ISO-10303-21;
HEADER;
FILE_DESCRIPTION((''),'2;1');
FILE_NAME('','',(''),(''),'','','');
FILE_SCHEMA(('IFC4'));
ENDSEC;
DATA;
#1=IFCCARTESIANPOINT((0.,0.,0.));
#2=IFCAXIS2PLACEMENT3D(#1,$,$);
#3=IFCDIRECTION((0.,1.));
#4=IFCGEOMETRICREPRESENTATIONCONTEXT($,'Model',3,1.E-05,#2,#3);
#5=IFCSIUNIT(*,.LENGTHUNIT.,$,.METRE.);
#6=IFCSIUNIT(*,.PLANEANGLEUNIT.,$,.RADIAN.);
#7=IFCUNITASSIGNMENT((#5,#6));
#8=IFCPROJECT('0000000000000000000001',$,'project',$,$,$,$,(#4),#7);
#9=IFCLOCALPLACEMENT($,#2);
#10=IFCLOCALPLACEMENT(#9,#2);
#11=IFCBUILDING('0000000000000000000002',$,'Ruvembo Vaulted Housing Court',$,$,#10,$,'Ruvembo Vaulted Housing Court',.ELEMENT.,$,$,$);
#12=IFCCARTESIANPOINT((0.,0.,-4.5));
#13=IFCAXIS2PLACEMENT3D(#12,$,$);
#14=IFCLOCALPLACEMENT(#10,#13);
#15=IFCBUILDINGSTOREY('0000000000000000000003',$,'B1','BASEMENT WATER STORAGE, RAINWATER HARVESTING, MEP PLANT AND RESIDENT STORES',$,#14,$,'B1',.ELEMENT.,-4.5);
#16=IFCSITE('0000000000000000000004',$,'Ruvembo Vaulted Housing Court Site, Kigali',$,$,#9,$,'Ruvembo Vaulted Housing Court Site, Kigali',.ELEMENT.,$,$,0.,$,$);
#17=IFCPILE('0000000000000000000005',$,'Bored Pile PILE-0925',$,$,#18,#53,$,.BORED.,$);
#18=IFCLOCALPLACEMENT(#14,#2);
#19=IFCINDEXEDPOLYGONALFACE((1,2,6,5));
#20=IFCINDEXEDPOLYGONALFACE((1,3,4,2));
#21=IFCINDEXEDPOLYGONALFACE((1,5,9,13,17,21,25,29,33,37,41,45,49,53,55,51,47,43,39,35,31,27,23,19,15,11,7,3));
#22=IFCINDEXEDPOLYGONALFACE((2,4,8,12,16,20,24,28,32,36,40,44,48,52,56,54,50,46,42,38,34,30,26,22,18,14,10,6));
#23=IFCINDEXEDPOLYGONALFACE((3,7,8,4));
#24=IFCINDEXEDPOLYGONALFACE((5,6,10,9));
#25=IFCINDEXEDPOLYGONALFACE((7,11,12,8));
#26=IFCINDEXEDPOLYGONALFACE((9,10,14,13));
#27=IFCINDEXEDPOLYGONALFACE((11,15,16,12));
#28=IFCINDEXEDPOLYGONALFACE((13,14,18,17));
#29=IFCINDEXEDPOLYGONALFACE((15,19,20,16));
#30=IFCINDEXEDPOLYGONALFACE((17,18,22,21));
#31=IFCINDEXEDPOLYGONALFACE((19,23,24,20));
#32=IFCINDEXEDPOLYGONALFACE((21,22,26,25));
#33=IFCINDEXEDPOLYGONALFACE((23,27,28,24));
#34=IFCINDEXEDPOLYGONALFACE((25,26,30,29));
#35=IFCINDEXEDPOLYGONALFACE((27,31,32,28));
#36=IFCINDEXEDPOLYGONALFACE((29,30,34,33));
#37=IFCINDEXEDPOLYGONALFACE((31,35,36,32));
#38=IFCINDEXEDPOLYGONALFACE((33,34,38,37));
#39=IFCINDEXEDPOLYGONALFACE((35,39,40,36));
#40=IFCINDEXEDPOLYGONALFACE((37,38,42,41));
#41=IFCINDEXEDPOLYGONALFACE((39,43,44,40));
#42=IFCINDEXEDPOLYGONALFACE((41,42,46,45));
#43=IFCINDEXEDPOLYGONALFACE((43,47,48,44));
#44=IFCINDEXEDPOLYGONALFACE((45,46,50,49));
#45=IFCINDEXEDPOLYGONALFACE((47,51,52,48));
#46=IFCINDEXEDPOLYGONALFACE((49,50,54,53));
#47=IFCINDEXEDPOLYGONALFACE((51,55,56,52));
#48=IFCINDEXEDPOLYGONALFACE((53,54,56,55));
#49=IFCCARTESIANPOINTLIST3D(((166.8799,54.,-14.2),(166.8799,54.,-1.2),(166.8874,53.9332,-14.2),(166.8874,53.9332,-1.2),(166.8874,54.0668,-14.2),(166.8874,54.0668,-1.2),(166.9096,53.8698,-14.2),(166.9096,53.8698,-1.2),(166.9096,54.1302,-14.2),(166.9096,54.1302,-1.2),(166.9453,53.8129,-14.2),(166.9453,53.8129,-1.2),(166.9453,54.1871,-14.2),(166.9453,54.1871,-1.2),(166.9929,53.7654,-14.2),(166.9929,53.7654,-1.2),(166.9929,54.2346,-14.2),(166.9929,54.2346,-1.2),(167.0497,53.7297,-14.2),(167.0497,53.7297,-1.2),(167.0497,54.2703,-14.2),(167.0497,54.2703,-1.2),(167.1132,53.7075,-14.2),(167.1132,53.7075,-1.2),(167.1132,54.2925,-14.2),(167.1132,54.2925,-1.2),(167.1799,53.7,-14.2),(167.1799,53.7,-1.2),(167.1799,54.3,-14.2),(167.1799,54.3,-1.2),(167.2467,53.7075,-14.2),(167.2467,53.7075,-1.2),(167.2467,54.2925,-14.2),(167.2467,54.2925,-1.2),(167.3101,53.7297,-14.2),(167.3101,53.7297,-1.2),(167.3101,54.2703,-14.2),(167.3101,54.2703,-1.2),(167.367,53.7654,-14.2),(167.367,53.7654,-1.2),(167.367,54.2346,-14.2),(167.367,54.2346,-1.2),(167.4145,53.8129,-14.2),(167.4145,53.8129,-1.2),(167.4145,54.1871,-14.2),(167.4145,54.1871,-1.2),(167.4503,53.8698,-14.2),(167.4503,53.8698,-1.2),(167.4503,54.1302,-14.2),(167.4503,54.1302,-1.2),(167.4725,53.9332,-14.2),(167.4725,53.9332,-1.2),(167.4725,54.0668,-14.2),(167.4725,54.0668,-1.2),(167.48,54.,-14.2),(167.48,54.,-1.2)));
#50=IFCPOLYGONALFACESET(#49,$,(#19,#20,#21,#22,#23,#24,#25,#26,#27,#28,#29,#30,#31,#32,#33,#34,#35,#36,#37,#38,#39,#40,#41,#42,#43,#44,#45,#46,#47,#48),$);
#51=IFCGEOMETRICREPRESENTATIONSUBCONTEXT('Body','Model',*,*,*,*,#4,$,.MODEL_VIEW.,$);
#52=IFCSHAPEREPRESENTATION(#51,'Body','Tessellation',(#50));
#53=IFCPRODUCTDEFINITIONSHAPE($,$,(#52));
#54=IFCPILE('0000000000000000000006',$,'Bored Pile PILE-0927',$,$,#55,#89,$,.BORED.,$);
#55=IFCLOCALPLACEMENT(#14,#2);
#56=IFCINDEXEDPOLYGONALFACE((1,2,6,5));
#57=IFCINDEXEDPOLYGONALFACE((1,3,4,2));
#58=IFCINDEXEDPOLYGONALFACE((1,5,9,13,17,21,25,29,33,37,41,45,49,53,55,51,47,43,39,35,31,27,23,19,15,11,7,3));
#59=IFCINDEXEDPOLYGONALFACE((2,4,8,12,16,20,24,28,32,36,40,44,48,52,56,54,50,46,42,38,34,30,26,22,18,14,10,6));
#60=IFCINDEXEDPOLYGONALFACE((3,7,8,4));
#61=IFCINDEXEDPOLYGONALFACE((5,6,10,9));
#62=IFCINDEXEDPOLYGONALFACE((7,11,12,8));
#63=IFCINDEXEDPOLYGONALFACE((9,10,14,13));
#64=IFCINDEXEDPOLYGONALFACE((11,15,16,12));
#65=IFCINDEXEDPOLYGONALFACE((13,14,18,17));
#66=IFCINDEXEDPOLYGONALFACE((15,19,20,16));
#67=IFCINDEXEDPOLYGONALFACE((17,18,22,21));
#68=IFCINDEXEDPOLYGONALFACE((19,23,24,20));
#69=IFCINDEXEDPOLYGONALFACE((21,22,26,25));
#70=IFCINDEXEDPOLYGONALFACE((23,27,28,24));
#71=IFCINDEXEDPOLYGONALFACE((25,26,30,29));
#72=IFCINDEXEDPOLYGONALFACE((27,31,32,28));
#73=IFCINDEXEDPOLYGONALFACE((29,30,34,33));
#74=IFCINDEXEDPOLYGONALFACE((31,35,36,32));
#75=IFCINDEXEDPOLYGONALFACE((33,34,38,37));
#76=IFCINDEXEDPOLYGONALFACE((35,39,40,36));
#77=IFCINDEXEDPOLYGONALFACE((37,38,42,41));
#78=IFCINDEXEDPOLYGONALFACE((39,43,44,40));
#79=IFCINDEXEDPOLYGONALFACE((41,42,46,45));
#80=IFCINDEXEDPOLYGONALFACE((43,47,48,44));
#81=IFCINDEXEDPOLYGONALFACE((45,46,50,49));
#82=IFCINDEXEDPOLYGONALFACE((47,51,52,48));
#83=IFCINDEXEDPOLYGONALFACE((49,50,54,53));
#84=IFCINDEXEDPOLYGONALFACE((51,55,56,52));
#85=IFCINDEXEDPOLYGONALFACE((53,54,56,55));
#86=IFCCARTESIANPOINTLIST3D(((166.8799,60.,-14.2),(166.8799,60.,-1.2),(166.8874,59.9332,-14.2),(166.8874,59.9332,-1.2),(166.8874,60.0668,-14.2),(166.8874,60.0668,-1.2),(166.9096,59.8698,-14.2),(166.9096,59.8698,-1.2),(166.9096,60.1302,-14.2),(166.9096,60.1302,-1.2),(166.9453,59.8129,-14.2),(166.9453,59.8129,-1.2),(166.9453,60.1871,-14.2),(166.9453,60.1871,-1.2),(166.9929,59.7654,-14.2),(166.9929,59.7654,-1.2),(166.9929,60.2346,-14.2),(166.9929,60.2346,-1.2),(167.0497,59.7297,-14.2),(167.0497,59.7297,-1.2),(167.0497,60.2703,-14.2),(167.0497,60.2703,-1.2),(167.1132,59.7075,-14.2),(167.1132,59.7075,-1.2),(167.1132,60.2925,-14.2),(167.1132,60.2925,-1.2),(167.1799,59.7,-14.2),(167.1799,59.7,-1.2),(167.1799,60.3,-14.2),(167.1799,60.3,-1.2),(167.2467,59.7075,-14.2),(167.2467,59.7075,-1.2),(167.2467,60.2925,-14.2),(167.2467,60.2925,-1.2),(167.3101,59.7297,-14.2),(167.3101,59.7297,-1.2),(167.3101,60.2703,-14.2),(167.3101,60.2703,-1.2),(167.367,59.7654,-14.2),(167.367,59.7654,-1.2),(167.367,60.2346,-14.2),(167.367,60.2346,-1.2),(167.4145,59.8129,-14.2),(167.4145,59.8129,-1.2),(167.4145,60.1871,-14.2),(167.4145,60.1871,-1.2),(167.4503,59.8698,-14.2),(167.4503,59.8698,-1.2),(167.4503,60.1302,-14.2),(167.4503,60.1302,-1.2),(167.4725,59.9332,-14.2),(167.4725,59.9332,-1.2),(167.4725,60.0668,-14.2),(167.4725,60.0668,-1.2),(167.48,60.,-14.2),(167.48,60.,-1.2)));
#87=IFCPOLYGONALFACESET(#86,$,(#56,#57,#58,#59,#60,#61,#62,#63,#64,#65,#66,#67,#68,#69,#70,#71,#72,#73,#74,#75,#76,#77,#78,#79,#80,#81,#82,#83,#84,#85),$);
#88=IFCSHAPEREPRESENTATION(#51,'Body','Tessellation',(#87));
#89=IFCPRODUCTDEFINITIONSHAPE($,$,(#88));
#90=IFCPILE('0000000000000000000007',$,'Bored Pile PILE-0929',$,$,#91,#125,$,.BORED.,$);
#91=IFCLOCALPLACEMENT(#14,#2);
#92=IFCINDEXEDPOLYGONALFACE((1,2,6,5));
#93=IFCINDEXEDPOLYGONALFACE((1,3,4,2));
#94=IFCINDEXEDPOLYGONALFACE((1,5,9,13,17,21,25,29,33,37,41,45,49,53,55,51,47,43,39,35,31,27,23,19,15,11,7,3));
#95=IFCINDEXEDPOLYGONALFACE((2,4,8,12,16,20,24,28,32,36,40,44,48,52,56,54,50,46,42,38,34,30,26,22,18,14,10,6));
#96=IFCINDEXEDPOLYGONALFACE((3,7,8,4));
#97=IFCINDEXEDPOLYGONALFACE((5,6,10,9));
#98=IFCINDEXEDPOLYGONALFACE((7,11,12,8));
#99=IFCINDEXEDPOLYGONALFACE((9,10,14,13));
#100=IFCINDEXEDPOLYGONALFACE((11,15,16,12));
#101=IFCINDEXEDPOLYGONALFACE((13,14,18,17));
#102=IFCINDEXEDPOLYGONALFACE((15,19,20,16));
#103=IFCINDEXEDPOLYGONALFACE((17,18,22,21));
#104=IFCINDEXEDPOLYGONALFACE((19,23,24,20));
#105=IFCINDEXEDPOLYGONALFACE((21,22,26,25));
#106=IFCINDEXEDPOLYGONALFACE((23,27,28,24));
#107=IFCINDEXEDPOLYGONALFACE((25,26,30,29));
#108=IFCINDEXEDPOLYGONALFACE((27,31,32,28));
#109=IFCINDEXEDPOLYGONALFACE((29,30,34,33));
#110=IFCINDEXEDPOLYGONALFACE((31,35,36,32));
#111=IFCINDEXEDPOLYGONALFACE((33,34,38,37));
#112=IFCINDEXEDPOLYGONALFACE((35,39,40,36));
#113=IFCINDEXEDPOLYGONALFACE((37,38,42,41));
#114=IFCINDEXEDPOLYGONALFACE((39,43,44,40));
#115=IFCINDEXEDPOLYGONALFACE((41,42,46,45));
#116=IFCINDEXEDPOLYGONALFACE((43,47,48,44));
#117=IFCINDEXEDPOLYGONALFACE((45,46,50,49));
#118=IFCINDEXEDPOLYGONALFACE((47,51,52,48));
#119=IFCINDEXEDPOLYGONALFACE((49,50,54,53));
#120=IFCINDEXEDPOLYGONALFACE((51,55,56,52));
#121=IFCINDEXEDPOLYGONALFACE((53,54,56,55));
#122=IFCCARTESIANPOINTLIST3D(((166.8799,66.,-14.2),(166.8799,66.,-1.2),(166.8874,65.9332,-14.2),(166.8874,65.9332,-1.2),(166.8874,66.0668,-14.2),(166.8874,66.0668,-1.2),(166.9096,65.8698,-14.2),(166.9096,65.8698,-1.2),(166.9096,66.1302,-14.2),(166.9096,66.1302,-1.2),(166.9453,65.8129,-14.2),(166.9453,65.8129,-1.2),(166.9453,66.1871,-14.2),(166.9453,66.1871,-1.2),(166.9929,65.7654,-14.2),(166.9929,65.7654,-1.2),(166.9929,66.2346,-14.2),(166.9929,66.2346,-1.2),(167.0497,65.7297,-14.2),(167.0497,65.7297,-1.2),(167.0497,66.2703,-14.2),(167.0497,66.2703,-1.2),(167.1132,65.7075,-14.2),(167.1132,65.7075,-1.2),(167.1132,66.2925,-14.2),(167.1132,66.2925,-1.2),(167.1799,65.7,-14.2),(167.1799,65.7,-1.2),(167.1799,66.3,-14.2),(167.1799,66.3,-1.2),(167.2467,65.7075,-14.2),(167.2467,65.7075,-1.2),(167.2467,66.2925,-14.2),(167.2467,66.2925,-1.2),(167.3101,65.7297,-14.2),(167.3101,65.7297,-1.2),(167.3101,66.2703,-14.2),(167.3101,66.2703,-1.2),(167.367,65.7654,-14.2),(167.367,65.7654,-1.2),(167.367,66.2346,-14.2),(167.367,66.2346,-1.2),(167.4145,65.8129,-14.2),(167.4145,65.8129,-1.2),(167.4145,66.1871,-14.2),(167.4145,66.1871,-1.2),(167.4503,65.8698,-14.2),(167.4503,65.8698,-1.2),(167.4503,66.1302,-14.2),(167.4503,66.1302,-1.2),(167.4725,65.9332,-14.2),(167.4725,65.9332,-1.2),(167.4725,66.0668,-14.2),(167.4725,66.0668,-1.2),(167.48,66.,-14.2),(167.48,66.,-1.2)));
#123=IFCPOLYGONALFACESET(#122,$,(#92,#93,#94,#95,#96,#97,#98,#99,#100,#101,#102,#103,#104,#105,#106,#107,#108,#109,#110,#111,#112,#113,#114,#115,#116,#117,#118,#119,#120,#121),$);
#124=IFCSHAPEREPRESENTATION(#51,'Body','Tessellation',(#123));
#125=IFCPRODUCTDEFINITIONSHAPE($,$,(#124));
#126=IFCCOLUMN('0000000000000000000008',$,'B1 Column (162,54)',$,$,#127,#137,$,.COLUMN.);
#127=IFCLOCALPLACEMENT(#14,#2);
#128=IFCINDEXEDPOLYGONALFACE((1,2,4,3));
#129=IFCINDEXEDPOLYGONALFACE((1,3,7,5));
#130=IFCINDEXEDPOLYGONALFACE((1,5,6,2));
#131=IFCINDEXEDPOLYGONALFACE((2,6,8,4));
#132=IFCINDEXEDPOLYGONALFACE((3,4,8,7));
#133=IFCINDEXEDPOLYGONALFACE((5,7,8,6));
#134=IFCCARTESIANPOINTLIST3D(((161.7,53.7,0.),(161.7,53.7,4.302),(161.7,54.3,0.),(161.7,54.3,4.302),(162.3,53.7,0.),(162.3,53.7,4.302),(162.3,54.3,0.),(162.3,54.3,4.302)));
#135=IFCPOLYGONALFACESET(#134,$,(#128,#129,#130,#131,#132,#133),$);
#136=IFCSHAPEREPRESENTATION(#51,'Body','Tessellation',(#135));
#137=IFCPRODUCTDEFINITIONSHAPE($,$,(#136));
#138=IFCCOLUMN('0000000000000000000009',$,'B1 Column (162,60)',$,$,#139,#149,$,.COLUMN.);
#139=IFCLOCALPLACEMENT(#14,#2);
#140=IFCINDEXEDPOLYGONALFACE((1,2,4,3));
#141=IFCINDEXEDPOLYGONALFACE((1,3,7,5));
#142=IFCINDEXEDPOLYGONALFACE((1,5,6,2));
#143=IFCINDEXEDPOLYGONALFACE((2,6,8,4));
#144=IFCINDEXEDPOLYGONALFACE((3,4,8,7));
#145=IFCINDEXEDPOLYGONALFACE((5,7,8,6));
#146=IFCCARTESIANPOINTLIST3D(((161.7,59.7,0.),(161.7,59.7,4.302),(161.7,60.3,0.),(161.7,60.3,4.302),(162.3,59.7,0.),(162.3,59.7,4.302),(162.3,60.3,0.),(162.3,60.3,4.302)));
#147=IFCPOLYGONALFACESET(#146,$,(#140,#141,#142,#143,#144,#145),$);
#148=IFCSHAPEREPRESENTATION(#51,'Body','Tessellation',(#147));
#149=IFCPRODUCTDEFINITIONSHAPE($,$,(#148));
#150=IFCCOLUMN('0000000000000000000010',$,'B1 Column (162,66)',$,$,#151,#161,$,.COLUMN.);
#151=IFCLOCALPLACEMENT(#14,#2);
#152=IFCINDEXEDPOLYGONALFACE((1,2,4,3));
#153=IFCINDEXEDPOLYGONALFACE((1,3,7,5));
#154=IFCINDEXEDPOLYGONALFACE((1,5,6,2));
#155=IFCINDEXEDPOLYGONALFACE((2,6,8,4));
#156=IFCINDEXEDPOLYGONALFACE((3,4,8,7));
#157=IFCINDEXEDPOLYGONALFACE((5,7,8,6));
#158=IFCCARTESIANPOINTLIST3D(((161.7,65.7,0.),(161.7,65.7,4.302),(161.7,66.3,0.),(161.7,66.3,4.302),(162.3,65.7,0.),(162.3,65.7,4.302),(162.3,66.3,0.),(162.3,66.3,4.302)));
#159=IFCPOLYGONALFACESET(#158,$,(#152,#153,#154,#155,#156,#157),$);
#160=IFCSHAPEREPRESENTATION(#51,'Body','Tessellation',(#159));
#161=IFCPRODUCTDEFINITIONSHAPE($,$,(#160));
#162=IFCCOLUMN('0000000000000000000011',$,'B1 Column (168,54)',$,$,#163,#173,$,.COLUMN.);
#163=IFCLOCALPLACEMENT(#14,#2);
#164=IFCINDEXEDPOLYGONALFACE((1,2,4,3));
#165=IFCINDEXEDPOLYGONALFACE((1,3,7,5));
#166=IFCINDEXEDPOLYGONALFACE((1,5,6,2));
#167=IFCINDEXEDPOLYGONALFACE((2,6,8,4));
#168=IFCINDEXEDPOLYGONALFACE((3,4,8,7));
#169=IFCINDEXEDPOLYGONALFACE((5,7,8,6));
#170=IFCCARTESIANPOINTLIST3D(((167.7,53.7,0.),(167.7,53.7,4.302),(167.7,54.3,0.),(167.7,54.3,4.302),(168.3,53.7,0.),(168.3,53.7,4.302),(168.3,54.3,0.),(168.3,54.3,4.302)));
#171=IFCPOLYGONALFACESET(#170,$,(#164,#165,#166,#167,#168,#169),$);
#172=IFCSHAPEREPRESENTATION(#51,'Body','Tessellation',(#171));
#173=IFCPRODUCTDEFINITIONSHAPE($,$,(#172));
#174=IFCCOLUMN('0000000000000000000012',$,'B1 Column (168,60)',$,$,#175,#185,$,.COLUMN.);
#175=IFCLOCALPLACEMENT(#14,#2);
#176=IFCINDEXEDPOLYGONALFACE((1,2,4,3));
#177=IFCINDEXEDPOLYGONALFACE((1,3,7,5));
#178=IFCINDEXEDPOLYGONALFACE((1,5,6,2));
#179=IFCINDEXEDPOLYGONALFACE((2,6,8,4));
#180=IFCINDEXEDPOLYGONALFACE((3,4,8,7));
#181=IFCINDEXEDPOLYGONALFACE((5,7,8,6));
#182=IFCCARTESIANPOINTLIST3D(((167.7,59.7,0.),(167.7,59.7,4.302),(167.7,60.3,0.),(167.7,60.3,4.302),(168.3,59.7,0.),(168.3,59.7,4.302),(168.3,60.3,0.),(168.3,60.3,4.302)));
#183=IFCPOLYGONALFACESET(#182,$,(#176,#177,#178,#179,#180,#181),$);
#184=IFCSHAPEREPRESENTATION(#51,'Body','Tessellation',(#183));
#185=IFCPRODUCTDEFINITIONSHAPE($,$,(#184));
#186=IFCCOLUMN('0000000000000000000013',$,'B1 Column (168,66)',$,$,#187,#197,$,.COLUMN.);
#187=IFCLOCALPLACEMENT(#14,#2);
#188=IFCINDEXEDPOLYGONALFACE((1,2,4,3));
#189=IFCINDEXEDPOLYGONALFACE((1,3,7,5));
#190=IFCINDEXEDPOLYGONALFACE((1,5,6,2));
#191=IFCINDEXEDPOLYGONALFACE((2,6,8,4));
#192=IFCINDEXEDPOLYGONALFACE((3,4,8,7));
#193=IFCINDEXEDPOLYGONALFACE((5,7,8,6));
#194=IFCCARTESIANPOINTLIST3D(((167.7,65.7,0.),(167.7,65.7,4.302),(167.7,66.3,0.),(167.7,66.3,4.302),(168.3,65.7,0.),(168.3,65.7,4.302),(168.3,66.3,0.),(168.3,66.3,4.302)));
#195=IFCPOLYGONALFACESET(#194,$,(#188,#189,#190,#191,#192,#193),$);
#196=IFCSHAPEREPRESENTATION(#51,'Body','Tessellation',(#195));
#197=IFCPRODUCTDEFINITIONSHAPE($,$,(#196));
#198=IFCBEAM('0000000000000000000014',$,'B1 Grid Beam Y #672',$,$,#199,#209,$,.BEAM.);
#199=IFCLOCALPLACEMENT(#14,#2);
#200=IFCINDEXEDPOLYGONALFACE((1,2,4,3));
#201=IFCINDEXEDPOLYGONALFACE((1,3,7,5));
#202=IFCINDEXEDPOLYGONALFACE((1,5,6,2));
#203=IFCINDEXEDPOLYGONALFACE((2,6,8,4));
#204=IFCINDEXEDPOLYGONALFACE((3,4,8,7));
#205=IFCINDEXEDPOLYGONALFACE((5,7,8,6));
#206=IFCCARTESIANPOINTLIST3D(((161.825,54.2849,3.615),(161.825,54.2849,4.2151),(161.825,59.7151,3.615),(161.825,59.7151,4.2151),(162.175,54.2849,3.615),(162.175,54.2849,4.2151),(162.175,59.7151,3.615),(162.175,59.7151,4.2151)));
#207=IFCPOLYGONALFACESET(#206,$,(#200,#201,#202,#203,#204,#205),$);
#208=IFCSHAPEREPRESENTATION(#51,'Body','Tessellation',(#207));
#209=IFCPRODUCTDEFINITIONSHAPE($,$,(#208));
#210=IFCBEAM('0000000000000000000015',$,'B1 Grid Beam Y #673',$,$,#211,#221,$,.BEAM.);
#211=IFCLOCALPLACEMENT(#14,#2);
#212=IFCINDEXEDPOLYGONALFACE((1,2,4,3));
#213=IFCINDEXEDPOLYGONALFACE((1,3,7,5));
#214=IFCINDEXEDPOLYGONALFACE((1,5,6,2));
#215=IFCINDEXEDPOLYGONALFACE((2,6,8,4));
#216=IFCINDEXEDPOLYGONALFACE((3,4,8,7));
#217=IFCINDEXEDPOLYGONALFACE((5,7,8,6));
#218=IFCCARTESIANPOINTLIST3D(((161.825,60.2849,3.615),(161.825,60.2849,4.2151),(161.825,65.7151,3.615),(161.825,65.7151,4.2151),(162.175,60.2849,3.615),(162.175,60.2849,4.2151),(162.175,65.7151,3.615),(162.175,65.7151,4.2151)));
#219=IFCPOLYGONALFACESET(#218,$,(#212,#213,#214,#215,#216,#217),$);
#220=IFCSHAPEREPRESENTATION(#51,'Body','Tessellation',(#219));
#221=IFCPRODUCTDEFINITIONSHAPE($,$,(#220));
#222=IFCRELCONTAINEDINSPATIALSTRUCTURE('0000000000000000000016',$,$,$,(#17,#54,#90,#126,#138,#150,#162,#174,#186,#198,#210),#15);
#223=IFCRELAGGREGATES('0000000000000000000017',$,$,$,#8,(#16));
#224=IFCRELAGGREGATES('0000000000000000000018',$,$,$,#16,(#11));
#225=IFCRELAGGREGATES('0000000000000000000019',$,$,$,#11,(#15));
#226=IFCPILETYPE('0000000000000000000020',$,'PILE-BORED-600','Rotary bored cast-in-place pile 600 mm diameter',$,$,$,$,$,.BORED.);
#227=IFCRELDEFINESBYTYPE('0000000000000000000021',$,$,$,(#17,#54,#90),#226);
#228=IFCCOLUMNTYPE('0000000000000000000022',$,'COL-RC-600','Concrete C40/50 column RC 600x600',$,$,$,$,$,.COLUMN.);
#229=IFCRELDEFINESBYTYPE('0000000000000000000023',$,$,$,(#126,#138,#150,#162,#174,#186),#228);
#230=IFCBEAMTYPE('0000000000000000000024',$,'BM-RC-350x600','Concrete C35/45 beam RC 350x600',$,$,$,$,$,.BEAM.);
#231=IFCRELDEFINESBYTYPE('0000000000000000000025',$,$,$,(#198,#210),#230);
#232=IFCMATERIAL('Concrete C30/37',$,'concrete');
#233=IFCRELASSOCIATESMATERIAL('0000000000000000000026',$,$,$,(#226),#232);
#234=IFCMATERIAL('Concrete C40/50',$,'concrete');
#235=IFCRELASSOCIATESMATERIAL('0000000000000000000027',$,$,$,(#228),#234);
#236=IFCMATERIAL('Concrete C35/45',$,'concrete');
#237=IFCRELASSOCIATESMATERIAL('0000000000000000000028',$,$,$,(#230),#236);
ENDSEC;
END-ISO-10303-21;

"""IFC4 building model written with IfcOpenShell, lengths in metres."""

from ifc_helpers import new_model, si_unit, direction, frame, origin, origin_2d, place, context, subcontext, project, spatial, rectangle, circle, extrude, material, material_profile, profile_set, type_object, element, save


model = new_model("IFC4")

# Units and contexts
model_context = context("Model", 3, precision=1e-05, world=origin(), true_north=direction((0.0, 1.0)))
body_context = subcontext(model_context, "Body", "Model", "MODEL_VIEW")
ifc_project = project(units=[si_unit("LENGTHUNIT", "METRE"), si_unit("PLANEANGLEUNIT", "RADIAN")], contexts=[model_context])

# Site, building, storey
site_placement = place(None, origin())
site = spatial("IfcSite", under=ifc_project, at=site_placement, Name="Ruvembo Vaulted Housing Court Site, Kigali", LongName="Ruvembo Vaulted Housing Court Site, Kigali", CompositionType="ELEMENT", RefElevation=0.0)
building_placement = place(site_placement, origin())
building = spatial("IfcBuilding", under=site, at=building_placement, Name="Ruvembo Vaulted Housing Court", LongName="Ruvembo Vaulted Housing Court", CompositionType="ELEMENT")
storey_placement = place(building_placement, frame((0.0, 0.0, -4.5)))
storey = spatial("IfcBuildingStorey", under=building, at=storey_placement, Name="B1", Description="BASEMENT WATER STORAGE, RAINWATER HARVESTING, MEP PLANT AND RESIDENT STORES", LongName="B1", CompositionType="ELEMENT", Elevation=-4.5)

# Shared definitions
ifc_material_1 = material(Name="Concrete C35/45", Category="concrete")

# Piles
ifc_material_2 = material(Name="Concrete C30/37", Category="concrete")
ifc_material_profile_1 = material_profile(ifc_material_2, circle(Radius=0.3, at=origin_2d()), Name="PILE D600")
ifc_profile_set_1 = profile_set([ifc_material_profile_1], Name="Concrete C30/37")
pile_type = type_object("IfcPileType", Name="PILE-BORED-600", Description="Rotary bored cast-in-place pile 600 mm diameter", PredefinedType="BORED", material=ifc_profile_set_1)
for number, where, z_axis, x_axis, name in (
    (1, (167.1799, 54.0, -1.2), (0.0, 0.0, -1.0), (1.0, 0.0, 0.0), "Bored Pile PILE-0925"),
    (2, (167.1799, 60.0, -1.2), (0.0, 0.0, -1.0), (1.0, 0.0, 0.0), "Bored Pile PILE-0927"),
    (3, (167.1799, 66.0, -1.2), (0.0, 0.0, -1.0), (1.0, 0.0, 0.0), "Bored Pile PILE-0929"),
):
    element("IfcPile", number, at=place(storey_placement, frame(where, z_axis=z_axis, x_axis=x_axis)), inside=storey, type_object=pile_type, Name=name, PredefinedType="BORED", context=body_context, shape_type="SweptSolid", body=[
        extrude(circle(Radius=0.3, at=origin_2d()), origin(), (0.0, 0.0, 1.0), 13.0),
    ])

# Columns
ifc_material_3 = material(Name="Concrete C40/50", Category="concrete")
ifc_material_profile_2 = material_profile(ifc_material_3, rectangle(XDim=0.6001, YDim=0.6001, at=origin_2d()), Name="RC 600x600")
ifc_profile_set_2 = profile_set([ifc_material_profile_2], Name="Concrete C40/50")
column_type = type_object("IfcColumnType", Name="COL-RC-600", Description="Concrete C40/50 column RC 600x600", PredefinedType="COLUMN", material=ifc_profile_set_2)
for number, where, z_axis, x_axis, name in (
    (4, (162.0, 54.0, 0.0), (0.0, 0.0, 1.0), (1.0, 0.0, 0.0), "B1 Column (162,54)"),
    (5, (162.0, 60.0, 0.0), (0.0, 0.0, 1.0), (1.0, 0.0, 0.0), "B1 Column (162,60)"),
    (6, (162.0, 66.0, 0.0), (0.0, 0.0, 1.0), (1.0, 0.0, 0.0), "B1 Column (162,66)"),
    (7, (168.0, 54.0, 0.0), (0.0, 0.0, 1.0), (1.0, 0.0, 0.0), "B1 Column (168,54)"),
    (8, (168.0, 60.0, 0.0), (0.0, 0.0, 1.0), (1.0, 0.0, 0.0), "B1 Column (168,60)"),
    (9, (168.0, 66.0, 0.0), (0.0, 0.0, 1.0), (1.0, 0.0, 0.0), "B1 Column (168,66)"),
):
    element("IfcColumn", number, at=place(storey_placement, frame(where, z_axis=z_axis, x_axis=x_axis)), inside=storey, type_object=column_type, Name=name, PredefinedType="COLUMN", context=body_context, shape_type="SweptSolid", body=[
        extrude(rectangle(XDim=0.6001, YDim=0.6001, at=origin_2d()), origin(), (0.0, 0.0, 1.0), 4.302),
    ])

# Beams
ifc_material_profile_3 = material_profile(ifc_material_1, rectangle(XDim=0.3501, YDim=0.6001, at=origin_2d()), Name="RC 350x600")
ifc_profile_set_3 = profile_set([ifc_material_profile_3], Name="Concrete C35/45")
beam_type_1 = type_object("IfcBeamType", Name="BM-RC-350x600", Description="Concrete C35/45 beam RC 350x600", PredefinedType="BEAM", material=ifc_profile_set_3)
for number, where, z_axis, x_axis, name in (
    (10, (162.0, 54.2849, 3.915), (0.0, 1.0, 0.0), (-1.0, 0.0, 0.0), "B1 Grid Beam Y #672"),
    (11, (162.0, 60.2849, 3.915), (0.0, 1.0, 0.0), (-1.0, 0.0, 0.0), "B1 Grid Beam Y #673"),
):
    element("IfcBeam", number, at=place(storey_placement, frame(where, z_axis=z_axis, x_axis=x_axis)), inside=storey, type_object=beam_type_1, Name=name, PredefinedType="BEAM", context=body_context, shape_type="SweptSolid", body=[
        extrude(rectangle(XDim=0.3501, YDim=0.6001, at=origin_2d()), origin(), (0.0, 0.0, 1.0), 5.4302),
    ])

save(model, "model.ifc")
